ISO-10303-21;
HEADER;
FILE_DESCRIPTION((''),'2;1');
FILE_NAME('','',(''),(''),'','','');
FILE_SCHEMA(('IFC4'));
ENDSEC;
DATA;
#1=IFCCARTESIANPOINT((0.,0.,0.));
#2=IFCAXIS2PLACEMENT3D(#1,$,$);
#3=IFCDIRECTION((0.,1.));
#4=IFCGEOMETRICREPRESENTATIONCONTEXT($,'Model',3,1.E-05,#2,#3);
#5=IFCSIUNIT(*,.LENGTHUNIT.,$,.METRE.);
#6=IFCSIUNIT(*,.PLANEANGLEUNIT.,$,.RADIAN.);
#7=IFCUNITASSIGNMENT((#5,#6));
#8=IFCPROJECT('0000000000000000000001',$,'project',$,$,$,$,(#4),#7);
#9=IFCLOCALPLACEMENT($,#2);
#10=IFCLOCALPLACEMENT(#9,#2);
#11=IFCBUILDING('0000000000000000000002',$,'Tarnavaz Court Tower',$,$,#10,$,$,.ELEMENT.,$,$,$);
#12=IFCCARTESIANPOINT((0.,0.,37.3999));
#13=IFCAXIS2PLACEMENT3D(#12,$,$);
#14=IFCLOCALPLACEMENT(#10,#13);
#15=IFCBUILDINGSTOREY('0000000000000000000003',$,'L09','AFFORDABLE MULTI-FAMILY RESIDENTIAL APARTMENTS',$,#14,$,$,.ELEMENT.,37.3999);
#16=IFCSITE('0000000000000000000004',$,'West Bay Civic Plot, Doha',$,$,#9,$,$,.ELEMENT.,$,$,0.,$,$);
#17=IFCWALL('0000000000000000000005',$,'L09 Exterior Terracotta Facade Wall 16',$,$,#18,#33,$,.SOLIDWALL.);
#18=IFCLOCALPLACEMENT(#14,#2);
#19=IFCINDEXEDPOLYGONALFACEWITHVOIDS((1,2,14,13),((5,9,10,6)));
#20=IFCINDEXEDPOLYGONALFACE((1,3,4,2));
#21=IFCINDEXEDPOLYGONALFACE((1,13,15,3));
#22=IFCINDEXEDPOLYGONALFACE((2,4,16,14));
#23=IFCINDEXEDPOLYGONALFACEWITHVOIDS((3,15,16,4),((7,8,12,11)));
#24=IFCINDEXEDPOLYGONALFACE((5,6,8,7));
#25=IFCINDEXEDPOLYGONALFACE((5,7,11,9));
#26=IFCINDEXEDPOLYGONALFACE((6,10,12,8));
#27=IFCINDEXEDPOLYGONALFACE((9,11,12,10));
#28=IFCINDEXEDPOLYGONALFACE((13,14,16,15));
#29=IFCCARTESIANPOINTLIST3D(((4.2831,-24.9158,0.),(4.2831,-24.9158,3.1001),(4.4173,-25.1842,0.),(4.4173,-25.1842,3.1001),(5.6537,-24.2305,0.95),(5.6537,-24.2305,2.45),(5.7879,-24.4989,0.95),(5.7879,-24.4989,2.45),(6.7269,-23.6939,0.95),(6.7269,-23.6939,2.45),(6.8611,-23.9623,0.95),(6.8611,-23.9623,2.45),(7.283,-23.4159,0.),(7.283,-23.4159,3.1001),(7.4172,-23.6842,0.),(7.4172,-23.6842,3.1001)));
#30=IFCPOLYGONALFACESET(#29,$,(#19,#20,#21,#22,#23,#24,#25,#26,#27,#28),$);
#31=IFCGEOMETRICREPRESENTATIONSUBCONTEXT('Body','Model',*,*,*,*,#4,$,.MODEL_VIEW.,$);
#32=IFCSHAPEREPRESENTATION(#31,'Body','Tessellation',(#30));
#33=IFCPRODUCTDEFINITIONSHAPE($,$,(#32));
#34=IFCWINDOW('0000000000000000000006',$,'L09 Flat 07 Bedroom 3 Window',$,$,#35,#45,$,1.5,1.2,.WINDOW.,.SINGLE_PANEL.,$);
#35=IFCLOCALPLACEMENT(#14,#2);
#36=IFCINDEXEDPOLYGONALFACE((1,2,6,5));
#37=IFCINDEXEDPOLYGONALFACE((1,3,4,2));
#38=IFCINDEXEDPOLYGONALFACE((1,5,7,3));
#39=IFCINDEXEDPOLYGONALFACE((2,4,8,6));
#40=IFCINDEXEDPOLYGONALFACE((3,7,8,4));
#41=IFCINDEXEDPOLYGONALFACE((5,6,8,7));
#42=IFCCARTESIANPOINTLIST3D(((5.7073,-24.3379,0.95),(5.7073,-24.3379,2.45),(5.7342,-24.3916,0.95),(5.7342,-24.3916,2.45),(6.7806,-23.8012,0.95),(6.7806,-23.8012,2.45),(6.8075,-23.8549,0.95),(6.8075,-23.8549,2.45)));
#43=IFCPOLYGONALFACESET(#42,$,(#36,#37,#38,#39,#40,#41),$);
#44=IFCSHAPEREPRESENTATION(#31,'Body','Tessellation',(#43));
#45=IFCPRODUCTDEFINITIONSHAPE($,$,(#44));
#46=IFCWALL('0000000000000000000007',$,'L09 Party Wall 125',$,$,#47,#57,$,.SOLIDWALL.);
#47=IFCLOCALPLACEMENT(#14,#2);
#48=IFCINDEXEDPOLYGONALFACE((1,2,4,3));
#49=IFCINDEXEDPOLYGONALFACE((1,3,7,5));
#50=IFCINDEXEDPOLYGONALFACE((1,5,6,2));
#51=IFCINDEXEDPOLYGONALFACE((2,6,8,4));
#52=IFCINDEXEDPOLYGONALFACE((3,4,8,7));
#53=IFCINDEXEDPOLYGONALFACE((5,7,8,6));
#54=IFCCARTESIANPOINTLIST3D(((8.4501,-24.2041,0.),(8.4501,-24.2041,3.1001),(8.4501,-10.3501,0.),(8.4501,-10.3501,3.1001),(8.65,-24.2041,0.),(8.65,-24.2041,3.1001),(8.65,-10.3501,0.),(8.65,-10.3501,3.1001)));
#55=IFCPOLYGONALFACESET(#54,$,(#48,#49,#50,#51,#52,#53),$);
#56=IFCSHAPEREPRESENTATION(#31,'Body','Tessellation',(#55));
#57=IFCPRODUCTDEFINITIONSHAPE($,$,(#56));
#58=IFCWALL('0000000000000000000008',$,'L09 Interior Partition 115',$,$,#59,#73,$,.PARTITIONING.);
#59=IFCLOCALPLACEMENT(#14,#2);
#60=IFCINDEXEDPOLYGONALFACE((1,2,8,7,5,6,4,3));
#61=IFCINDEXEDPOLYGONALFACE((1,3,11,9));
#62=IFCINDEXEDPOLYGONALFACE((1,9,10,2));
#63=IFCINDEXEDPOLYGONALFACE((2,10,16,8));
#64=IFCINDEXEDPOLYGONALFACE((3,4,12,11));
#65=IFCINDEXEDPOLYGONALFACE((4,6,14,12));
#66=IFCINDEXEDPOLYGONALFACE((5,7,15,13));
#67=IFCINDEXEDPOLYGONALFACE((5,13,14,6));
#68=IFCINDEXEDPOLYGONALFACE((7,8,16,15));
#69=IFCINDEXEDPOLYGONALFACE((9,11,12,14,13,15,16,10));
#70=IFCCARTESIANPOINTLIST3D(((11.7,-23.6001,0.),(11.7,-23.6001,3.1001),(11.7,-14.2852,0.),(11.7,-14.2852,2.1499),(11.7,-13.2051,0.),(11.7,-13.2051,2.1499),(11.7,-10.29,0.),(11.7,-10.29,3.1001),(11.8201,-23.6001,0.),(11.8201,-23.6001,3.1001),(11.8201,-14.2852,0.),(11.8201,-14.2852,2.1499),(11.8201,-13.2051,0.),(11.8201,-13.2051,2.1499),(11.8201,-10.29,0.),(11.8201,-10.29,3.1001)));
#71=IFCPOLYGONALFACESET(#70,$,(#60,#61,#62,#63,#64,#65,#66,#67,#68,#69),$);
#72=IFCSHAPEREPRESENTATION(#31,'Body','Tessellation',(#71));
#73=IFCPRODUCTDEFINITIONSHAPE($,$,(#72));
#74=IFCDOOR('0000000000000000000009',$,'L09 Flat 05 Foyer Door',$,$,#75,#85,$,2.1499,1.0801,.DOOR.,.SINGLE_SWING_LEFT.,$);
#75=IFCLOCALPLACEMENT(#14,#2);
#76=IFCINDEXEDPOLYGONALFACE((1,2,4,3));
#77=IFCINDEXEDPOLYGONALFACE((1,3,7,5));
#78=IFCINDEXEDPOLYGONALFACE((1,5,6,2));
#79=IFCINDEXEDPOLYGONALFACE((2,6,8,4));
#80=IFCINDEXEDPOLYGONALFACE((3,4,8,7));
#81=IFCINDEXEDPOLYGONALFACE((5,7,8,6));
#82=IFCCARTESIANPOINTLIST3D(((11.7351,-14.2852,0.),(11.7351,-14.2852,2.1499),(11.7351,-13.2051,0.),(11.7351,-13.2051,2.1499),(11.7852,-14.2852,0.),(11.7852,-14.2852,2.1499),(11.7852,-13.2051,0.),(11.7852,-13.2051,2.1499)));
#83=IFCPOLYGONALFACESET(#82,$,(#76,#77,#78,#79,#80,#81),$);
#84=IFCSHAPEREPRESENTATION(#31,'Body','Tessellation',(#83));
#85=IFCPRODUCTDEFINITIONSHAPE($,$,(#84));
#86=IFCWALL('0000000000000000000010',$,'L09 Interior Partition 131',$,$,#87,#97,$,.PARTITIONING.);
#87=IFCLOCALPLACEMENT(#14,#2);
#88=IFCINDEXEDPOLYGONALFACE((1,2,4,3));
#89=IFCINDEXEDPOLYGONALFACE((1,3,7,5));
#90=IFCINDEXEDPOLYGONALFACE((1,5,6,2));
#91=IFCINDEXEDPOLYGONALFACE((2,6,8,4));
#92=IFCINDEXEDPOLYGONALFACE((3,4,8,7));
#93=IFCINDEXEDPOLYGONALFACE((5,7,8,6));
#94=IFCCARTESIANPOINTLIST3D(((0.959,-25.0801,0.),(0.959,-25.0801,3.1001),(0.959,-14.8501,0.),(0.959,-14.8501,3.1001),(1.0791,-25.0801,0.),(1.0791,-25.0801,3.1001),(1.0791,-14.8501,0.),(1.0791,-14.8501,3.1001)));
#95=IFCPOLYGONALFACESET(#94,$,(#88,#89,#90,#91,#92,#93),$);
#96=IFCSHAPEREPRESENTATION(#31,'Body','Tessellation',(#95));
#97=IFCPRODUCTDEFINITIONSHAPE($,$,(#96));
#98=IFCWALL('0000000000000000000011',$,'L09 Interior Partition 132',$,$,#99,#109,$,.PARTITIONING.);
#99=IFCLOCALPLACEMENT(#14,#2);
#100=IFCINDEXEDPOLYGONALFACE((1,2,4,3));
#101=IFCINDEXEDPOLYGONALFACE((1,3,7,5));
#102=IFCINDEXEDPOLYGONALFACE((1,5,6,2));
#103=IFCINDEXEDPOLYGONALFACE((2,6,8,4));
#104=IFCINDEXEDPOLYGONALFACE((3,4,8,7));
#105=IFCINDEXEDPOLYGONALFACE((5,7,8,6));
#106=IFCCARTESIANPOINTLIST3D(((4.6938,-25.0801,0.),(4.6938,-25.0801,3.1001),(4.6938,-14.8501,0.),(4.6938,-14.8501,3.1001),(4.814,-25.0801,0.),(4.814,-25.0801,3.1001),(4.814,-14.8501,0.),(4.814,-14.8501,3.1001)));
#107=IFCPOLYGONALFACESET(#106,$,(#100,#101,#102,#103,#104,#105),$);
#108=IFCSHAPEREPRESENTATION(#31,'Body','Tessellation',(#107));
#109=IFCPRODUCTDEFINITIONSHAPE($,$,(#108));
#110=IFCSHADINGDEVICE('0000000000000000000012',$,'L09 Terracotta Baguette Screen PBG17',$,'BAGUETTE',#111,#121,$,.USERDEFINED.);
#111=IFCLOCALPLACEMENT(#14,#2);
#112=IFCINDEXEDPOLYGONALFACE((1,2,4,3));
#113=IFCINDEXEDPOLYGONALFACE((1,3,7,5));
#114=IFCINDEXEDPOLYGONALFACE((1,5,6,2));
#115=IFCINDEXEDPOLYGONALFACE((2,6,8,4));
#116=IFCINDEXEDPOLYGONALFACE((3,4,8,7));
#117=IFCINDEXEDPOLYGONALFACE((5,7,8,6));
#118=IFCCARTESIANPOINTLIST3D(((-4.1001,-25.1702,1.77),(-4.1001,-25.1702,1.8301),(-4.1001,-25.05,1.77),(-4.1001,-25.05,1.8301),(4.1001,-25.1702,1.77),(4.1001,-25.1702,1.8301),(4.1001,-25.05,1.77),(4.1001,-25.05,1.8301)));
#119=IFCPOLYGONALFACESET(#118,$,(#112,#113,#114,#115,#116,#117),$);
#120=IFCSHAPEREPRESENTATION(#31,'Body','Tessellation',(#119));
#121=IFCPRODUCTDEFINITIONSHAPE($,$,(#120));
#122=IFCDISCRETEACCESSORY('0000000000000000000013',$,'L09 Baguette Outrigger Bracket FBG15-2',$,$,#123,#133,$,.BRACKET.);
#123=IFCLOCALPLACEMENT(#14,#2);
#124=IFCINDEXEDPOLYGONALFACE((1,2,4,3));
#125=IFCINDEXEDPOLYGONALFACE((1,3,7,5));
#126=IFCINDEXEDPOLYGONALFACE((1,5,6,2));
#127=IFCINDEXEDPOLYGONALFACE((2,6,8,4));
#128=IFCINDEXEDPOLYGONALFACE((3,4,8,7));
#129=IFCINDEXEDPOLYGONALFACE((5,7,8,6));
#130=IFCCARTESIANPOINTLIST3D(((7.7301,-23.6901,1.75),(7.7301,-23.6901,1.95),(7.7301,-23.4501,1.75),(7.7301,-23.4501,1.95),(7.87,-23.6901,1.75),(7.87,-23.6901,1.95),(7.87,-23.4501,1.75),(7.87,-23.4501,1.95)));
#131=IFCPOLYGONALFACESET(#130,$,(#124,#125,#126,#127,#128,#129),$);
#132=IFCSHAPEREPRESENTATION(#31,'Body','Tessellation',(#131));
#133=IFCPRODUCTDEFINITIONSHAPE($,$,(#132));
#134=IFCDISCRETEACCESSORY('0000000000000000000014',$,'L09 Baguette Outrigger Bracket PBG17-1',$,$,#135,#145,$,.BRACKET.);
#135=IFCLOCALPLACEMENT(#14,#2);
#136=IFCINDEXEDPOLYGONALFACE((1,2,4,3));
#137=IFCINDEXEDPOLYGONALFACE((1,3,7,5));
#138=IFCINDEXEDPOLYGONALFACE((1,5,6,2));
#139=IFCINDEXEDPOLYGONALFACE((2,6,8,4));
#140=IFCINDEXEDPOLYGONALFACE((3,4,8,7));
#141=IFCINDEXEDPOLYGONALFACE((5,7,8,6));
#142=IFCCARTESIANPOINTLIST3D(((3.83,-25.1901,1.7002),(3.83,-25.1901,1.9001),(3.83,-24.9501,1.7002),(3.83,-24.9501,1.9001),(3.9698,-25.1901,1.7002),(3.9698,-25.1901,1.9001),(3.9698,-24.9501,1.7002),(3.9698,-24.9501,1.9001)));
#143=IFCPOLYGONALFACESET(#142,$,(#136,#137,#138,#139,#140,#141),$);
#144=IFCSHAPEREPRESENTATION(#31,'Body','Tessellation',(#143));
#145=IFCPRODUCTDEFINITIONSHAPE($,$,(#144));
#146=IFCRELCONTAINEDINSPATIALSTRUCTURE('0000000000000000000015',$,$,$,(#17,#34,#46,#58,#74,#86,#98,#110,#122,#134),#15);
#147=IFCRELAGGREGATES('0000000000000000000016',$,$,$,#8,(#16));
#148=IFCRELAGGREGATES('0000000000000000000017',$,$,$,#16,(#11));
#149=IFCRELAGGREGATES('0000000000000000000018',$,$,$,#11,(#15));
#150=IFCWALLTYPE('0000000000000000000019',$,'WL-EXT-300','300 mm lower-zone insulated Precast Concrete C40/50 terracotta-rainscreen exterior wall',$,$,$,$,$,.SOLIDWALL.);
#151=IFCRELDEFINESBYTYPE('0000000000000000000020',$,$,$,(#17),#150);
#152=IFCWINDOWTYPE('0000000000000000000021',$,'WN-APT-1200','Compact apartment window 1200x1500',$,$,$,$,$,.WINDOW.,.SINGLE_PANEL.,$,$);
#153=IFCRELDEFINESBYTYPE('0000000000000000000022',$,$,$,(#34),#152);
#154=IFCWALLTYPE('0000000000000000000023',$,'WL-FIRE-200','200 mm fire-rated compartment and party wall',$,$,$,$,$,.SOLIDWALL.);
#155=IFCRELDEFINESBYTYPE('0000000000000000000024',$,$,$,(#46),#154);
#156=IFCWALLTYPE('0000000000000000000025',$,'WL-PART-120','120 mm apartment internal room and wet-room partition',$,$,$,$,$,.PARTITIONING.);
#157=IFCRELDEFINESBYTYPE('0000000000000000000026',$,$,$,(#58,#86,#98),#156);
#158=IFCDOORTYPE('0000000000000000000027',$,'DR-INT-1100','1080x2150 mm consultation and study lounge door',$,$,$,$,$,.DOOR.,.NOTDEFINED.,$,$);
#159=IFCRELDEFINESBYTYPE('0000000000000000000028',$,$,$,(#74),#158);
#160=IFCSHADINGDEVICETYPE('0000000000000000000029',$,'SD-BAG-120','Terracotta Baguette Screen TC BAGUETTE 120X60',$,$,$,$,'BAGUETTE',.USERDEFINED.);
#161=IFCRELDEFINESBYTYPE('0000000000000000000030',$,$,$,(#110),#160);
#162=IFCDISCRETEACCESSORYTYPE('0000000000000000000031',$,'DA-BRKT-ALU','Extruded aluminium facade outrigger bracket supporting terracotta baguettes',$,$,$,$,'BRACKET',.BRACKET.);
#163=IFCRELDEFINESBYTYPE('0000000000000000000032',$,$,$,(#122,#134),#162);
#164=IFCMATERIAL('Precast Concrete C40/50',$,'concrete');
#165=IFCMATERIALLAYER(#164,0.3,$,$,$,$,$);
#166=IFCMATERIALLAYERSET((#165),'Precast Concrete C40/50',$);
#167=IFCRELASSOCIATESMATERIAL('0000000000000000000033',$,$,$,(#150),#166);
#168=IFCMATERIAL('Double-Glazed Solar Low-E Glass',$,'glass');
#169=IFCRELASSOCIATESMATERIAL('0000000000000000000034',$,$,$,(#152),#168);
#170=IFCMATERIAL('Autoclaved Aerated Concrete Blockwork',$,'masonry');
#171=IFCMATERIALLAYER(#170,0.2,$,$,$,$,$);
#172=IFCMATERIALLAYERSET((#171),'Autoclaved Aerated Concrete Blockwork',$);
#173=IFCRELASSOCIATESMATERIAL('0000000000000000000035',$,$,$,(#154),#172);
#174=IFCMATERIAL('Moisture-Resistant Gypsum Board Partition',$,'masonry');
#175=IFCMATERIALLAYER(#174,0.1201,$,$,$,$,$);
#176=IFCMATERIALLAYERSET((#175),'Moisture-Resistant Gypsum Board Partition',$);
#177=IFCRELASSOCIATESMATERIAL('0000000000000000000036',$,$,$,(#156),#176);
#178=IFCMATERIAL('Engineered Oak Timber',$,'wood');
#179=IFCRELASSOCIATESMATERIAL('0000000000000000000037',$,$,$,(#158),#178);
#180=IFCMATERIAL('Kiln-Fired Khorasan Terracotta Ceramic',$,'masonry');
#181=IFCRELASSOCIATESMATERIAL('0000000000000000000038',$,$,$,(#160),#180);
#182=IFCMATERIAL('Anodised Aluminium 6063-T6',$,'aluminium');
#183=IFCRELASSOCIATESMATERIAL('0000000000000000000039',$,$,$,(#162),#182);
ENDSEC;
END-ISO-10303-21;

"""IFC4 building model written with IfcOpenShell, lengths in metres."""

from ifc_helpers import new_model, si_unit, direction, frame, frame_2d, origin, origin_2d, place, context, subcontext, project, spatial, rectangle, extrude, material, layer, layer_set, material_profile, profile_set, type_object, element, fill, save


model = new_model("IFC4")

# Units and contexts
model_context = context("Model", 3, precision=1e-05, world=origin(), true_north=direction((0.0, 1.0)))
body_context = subcontext(model_context, "Body", "Model", "MODEL_VIEW")
ifc_project = project(units=[si_unit("LENGTHUNIT", "METRE"), si_unit("PLANEANGLEUNIT", "RADIAN")], contexts=[model_context])

# Site, building, storey
site_placement = place(None, origin())
site = spatial("IfcSite", under=ifc_project, at=site_placement, Name="West Bay Civic Plot, Doha", CompositionType="ELEMENT", RefElevation=0.0)
building_placement = place(site_placement, origin())
building = spatial("IfcBuilding", under=site, at=building_placement, Name="Tarnavaz Court Tower", CompositionType="ELEMENT")
storey_placement = place(building_placement, frame((0.0, 0.0, 37.3999)))
storey = spatial("IfcBuildingStorey", under=building, at=storey_placement, Name="L09", Description="AFFORDABLE MULTI-FAMILY RESIDENTIAL APARTMENTS", CompositionType="ELEMENT", Elevation=37.3999)

# Shared definitions
ifc_material_1 = material(Name="Anodised Aluminium 6063-T6", Category="aluminium")
ifc_material_2 = material(Name="Double-Glazed Solar Low-E Glass", Category="glass")

# Wall, opening, window
ifc_material_3 = material(Name="Precast Concrete C40/50", Category="concrete")
ifc_layer_1 = layer(ifc_material_3, 0.3)
ifc_layer_set_1 = layer_set([ifc_layer_1], Name="Precast Concrete C40/50")
wall_type_1 = type_object("IfcWallType", Name="WL-EXT-300", Description="300 mm lower-zone insulated Precast Concrete C40/50 terracotta-rainscreen exterior wall", PredefinedType="SOLIDWALL", material=ifc_layer_set_1)
wall_1_placement = place(storey_placement, frame((7.3501, -23.55, 0.0), z_axis=(0.0, 0.0, 1.0), x_axis=(-0.894427, -0.447214, 0.0)))
wall_1 = element("IfcWall", 1, at=wall_1_placement, inside=storey, type_object=wall_type_1, Name="L09 Exterior Terracotta Facade Wall 16", PredefinedType="SOLIDWALL", context=body_context, shape_type="SweptSolid", body=[
    extrude(rectangle(XDim=3.354, YDim=0.3, at=frame_2d((1.677, 0.0))), origin(), (0.0, 0.0, 1.0), 3.1001),
])
opening_1_placement = place(wall_1_placement, frame((0.6216, 0.0, 0.95)))
opening_1 = element("IfcOpeningElement", 2, at=opening_1_placement, cuts=wall_1, PredefinedType="OPENING", context=body_context, shape_type="SweptSolid", body=[
    extrude(rectangle(XDim=1.2, YDim=1.5, at=frame_2d((0.6001, 0.75))), frame((0.0, 0.1599, 0.0), z_axis=(0.0, -1.0, 0.0), x_axis=(1.0, 0.0, 0.0)), (0.0, 0.0, 1.0), 0.3201),
])
window_type = type_object("IfcWindowType", Name="WN-APT-1200", Description="Compact apartment window 1200x1500", PartitioningType="SINGLE_PANEL", PredefinedType="WINDOW", material=ifc_material_2)
window_placement = place(opening_1_placement, origin())
window = element("IfcWindow", 3, at=window_placement, inside=storey, type_object=window_type, Name="L09 Flat 07 Bedroom 3 Window", OverallHeight=1.5, OverallWidth=1.2, PartitioningType="SINGLE_PANEL", PredefinedType="WINDOW", context=body_context, shape_type="SweptSolid", body=[
    extrude(rectangle(XDim=1.2, YDim=1.5, at=frame_2d((0.6001, 0.75))), frame((0.0, 0.03, 0.0), z_axis=(0.0, -1.0, 0.0), x_axis=(1.0, 0.0, 0.0)), (0.0, 0.0, 1.0), 0.0601),
])
fill(opening_1, window)

# Wall
ifc_material_4 = material(Name="Autoclaved Aerated Concrete Blockwork", Category="masonry")
ifc_layer_2 = layer(ifc_material_4, 0.2)
ifc_layer_set_2 = layer_set([ifc_layer_2], Name="Autoclaved Aerated Concrete Blockwork")
wall_type_2 = type_object("IfcWallType", Name="WL-FIRE-200", Description="200 mm fire-rated compartment and party wall", PredefinedType="SOLIDWALL", material=ifc_layer_set_2)
wall_2_placement = place(storey_placement, frame((8.55, -24.2041, 0.0), z_axis=(0.0, 0.0, 1.0), x_axis=(0.0, 1.0, 0.0)))
element("IfcWall", 4, at=wall_2_placement, inside=storey, type_object=wall_type_2, Name="L09 Party Wall 125", PredefinedType="SOLIDWALL", context=body_context, shape_type="SweptSolid", body=[
    extrude(rectangle(XDim=13.854, YDim=0.2, at=frame_2d((6.927, 0.0))), origin(), (0.0, 0.0, 1.0), 3.1001),
])

# Wall, opening, door
ifc_material_5 = material(Name="Moisture-Resistant Gypsum Board Partition", Category="masonry")
ifc_layer_3 = layer(ifc_material_5, 0.1201)
ifc_layer_set_3 = layer_set([ifc_layer_3], Name="Moisture-Resistant Gypsum Board Partition")
wall_type_3 = type_object("IfcWallType", Name="WL-PART-120", Description="120 mm apartment internal room and wet-room partition", PredefinedType="PARTITIONING", material=ifc_layer_set_3)
wall_3_placement = place(storey_placement, frame((11.76, -23.6001, 0.0), z_axis=(0.0, 0.0, 1.0), x_axis=(0.0, 1.0, 0.0)))
wall_3 = element("IfcWall", 5, at=wall_3_placement, inside=storey, type_object=wall_type_3, Name="L09 Interior Partition 115", PredefinedType="PARTITIONING", context=body_context, shape_type="SweptSolid", body=[
    extrude(rectangle(XDim=13.3101, YDim=0.1201, at=frame_2d((6.655, 0.0))), origin(), (0.0, 0.0, 1.0), 3.1001),
])
opening_2_placement = place(wall_3_placement, frame((9.3149, 0.0, 0.0)))
opening_2 = element("IfcOpeningElement", 6, at=opening_2_placement, cuts=wall_3, PredefinedType="OPENING", context=body_context, shape_type="SweptSolid", body=[
    extrude(rectangle(XDim=1.0801, YDim=2.1499, at=frame_2d((0.54, 1.075))), frame((0.0, 0.0701, 0.0), z_axis=(0.0, -1.0, 0.0), x_axis=(1.0, 0.0, 0.0)), (0.0, 0.0, 1.0), 0.1401),
])
ifc_material_6 = material(Name="Engineered Oak Timber", Category="wood")
door_type = type_object("IfcDoorType", Name="DR-INT-1100", Description="1080x2150 mm consultation and study lounge door", OperationType="NOTDEFINED", PredefinedType="DOOR", material=ifc_material_6)
door_placement = place(opening_2_placement, origin())
door = element("IfcDoor", 7, at=door_placement, inside=storey, type_object=door_type, Name="L09 Flat 05 Foyer Door", OperationType="SINGLE_SWING_LEFT", OverallHeight=2.1499, OverallWidth=1.0801, PredefinedType="DOOR", context=body_context, shape_type="SweptSolid", body=[
    extrude(rectangle(XDim=1.0801, YDim=2.1499, at=frame_2d((0.54, 1.075))), frame((0.0, 0.0249, 0.0), z_axis=(0.0, -1.0, 0.0), x_axis=(1.0, 0.0, 0.0)), (0.0, 0.0, 1.0), 0.05),
])
fill(opening_2, door)

# Walls
for number, where, z_axis, x_axis, name in (
    (8, (1.019, -25.0801, 0.0), (0.0, 0.0, 1.0), (0.0, 1.0, 0.0), "L09 Interior Partition 131"),
    (9, (4.7539, -25.0801, 0.0), (0.0, 0.0, 1.0), (0.0, 1.0, 0.0), "L09 Interior Partition 132"),
):
    element("IfcWall", number, at=place(storey_placement, frame(where, z_axis=z_axis, x_axis=x_axis)), inside=storey, type_object=wall_type_3, Name=name, PredefinedType="PARTITIONING", context=body_context, shape_type="SweptSolid", body=[
        extrude(rectangle(XDim=10.23, YDim=0.1201, at=frame_2d((5.115, 0.0))), origin(), (0.0, 0.0, 1.0), 3.1001),
    ])

# Shading device
ifc_material_7 = material(Name="Kiln-Fired Khorasan Terracotta Ceramic", Category="masonry")
ifc_material_profile_1 = material_profile(ifc_material_7, rectangle(XDim=0.1201, YDim=0.0601, at=origin_2d()), Name="TC BAGUETTE 120X60")
ifc_profile_set_1 = profile_set([ifc_material_profile_1], Name="Kiln-Fired Khorasan Terracotta Ceramic")
shading_device_type = type_object("IfcShadingDeviceType", Name="SD-BAG-120", Description="Terracotta Baguette Screen TC BAGUETTE 120X60", ElementType="BAGUETTE", PredefinedType="USERDEFINED", material=ifc_profile_set_1)
shading_device_placement = place(storey_placement, frame((4.1001, -25.1101, 1.8), z_axis=(-1.0, 0.0, 0.0), x_axis=(0.0, -1.0, 0.0)))
element("IfcShadingDevice", 10, at=shading_device_placement, inside=storey, type_object=shading_device_type, Name="L09 Terracotta Baguette Screen PBG17", ObjectType="BAGUETTE", PredefinedType="USERDEFINED", context=body_context, shape_type="SweptSolid", body=[
    extrude(rectangle(XDim=0.1201, YDim=0.0601, at=origin_2d()), origin(), (0.0, 0.0, 1.0), 8.2002),
])

# Discrete accessories
discrete_accessory_type = type_object("IfcDiscreteAccessoryType", Name="DA-BRKT-ALU", Description="Extruded aluminium facade outrigger bracket supporting terracotta baguettes", ElementType="BRACKET", PredefinedType="BRACKET", material=ifc_material_1)
for number, where, z_axis, x_axis, name in (
    (11, (7.8, -23.5701, 1.75), (0.0, 0.0, 1.0), (-1.0, 0.0, 0.0), "L09 Baguette Outrigger Bracket FBG15-2"),
    (12, (3.8999, -25.0701, 1.7002), (0.0, 0.0, 1.0), (-1.0, 0.0, 0.0), "L09 Baguette Outrigger Bracket PBG17-1"),
):
    element("IfcDiscreteAccessory", number, at=place(storey_placement, frame(where, z_axis=z_axis, x_axis=x_axis)), inside=storey, type_object=discrete_accessory_type, Name=name, PredefinedType="BRACKET", context=body_context, shape_type="SweptSolid", body=[
        extrude(rectangle(XDim=0.1399, YDim=0.24, at=origin_2d()), origin(), (0.0, 0.0, 1.0), 0.2),
    ])

save(model, "model.ifc")
